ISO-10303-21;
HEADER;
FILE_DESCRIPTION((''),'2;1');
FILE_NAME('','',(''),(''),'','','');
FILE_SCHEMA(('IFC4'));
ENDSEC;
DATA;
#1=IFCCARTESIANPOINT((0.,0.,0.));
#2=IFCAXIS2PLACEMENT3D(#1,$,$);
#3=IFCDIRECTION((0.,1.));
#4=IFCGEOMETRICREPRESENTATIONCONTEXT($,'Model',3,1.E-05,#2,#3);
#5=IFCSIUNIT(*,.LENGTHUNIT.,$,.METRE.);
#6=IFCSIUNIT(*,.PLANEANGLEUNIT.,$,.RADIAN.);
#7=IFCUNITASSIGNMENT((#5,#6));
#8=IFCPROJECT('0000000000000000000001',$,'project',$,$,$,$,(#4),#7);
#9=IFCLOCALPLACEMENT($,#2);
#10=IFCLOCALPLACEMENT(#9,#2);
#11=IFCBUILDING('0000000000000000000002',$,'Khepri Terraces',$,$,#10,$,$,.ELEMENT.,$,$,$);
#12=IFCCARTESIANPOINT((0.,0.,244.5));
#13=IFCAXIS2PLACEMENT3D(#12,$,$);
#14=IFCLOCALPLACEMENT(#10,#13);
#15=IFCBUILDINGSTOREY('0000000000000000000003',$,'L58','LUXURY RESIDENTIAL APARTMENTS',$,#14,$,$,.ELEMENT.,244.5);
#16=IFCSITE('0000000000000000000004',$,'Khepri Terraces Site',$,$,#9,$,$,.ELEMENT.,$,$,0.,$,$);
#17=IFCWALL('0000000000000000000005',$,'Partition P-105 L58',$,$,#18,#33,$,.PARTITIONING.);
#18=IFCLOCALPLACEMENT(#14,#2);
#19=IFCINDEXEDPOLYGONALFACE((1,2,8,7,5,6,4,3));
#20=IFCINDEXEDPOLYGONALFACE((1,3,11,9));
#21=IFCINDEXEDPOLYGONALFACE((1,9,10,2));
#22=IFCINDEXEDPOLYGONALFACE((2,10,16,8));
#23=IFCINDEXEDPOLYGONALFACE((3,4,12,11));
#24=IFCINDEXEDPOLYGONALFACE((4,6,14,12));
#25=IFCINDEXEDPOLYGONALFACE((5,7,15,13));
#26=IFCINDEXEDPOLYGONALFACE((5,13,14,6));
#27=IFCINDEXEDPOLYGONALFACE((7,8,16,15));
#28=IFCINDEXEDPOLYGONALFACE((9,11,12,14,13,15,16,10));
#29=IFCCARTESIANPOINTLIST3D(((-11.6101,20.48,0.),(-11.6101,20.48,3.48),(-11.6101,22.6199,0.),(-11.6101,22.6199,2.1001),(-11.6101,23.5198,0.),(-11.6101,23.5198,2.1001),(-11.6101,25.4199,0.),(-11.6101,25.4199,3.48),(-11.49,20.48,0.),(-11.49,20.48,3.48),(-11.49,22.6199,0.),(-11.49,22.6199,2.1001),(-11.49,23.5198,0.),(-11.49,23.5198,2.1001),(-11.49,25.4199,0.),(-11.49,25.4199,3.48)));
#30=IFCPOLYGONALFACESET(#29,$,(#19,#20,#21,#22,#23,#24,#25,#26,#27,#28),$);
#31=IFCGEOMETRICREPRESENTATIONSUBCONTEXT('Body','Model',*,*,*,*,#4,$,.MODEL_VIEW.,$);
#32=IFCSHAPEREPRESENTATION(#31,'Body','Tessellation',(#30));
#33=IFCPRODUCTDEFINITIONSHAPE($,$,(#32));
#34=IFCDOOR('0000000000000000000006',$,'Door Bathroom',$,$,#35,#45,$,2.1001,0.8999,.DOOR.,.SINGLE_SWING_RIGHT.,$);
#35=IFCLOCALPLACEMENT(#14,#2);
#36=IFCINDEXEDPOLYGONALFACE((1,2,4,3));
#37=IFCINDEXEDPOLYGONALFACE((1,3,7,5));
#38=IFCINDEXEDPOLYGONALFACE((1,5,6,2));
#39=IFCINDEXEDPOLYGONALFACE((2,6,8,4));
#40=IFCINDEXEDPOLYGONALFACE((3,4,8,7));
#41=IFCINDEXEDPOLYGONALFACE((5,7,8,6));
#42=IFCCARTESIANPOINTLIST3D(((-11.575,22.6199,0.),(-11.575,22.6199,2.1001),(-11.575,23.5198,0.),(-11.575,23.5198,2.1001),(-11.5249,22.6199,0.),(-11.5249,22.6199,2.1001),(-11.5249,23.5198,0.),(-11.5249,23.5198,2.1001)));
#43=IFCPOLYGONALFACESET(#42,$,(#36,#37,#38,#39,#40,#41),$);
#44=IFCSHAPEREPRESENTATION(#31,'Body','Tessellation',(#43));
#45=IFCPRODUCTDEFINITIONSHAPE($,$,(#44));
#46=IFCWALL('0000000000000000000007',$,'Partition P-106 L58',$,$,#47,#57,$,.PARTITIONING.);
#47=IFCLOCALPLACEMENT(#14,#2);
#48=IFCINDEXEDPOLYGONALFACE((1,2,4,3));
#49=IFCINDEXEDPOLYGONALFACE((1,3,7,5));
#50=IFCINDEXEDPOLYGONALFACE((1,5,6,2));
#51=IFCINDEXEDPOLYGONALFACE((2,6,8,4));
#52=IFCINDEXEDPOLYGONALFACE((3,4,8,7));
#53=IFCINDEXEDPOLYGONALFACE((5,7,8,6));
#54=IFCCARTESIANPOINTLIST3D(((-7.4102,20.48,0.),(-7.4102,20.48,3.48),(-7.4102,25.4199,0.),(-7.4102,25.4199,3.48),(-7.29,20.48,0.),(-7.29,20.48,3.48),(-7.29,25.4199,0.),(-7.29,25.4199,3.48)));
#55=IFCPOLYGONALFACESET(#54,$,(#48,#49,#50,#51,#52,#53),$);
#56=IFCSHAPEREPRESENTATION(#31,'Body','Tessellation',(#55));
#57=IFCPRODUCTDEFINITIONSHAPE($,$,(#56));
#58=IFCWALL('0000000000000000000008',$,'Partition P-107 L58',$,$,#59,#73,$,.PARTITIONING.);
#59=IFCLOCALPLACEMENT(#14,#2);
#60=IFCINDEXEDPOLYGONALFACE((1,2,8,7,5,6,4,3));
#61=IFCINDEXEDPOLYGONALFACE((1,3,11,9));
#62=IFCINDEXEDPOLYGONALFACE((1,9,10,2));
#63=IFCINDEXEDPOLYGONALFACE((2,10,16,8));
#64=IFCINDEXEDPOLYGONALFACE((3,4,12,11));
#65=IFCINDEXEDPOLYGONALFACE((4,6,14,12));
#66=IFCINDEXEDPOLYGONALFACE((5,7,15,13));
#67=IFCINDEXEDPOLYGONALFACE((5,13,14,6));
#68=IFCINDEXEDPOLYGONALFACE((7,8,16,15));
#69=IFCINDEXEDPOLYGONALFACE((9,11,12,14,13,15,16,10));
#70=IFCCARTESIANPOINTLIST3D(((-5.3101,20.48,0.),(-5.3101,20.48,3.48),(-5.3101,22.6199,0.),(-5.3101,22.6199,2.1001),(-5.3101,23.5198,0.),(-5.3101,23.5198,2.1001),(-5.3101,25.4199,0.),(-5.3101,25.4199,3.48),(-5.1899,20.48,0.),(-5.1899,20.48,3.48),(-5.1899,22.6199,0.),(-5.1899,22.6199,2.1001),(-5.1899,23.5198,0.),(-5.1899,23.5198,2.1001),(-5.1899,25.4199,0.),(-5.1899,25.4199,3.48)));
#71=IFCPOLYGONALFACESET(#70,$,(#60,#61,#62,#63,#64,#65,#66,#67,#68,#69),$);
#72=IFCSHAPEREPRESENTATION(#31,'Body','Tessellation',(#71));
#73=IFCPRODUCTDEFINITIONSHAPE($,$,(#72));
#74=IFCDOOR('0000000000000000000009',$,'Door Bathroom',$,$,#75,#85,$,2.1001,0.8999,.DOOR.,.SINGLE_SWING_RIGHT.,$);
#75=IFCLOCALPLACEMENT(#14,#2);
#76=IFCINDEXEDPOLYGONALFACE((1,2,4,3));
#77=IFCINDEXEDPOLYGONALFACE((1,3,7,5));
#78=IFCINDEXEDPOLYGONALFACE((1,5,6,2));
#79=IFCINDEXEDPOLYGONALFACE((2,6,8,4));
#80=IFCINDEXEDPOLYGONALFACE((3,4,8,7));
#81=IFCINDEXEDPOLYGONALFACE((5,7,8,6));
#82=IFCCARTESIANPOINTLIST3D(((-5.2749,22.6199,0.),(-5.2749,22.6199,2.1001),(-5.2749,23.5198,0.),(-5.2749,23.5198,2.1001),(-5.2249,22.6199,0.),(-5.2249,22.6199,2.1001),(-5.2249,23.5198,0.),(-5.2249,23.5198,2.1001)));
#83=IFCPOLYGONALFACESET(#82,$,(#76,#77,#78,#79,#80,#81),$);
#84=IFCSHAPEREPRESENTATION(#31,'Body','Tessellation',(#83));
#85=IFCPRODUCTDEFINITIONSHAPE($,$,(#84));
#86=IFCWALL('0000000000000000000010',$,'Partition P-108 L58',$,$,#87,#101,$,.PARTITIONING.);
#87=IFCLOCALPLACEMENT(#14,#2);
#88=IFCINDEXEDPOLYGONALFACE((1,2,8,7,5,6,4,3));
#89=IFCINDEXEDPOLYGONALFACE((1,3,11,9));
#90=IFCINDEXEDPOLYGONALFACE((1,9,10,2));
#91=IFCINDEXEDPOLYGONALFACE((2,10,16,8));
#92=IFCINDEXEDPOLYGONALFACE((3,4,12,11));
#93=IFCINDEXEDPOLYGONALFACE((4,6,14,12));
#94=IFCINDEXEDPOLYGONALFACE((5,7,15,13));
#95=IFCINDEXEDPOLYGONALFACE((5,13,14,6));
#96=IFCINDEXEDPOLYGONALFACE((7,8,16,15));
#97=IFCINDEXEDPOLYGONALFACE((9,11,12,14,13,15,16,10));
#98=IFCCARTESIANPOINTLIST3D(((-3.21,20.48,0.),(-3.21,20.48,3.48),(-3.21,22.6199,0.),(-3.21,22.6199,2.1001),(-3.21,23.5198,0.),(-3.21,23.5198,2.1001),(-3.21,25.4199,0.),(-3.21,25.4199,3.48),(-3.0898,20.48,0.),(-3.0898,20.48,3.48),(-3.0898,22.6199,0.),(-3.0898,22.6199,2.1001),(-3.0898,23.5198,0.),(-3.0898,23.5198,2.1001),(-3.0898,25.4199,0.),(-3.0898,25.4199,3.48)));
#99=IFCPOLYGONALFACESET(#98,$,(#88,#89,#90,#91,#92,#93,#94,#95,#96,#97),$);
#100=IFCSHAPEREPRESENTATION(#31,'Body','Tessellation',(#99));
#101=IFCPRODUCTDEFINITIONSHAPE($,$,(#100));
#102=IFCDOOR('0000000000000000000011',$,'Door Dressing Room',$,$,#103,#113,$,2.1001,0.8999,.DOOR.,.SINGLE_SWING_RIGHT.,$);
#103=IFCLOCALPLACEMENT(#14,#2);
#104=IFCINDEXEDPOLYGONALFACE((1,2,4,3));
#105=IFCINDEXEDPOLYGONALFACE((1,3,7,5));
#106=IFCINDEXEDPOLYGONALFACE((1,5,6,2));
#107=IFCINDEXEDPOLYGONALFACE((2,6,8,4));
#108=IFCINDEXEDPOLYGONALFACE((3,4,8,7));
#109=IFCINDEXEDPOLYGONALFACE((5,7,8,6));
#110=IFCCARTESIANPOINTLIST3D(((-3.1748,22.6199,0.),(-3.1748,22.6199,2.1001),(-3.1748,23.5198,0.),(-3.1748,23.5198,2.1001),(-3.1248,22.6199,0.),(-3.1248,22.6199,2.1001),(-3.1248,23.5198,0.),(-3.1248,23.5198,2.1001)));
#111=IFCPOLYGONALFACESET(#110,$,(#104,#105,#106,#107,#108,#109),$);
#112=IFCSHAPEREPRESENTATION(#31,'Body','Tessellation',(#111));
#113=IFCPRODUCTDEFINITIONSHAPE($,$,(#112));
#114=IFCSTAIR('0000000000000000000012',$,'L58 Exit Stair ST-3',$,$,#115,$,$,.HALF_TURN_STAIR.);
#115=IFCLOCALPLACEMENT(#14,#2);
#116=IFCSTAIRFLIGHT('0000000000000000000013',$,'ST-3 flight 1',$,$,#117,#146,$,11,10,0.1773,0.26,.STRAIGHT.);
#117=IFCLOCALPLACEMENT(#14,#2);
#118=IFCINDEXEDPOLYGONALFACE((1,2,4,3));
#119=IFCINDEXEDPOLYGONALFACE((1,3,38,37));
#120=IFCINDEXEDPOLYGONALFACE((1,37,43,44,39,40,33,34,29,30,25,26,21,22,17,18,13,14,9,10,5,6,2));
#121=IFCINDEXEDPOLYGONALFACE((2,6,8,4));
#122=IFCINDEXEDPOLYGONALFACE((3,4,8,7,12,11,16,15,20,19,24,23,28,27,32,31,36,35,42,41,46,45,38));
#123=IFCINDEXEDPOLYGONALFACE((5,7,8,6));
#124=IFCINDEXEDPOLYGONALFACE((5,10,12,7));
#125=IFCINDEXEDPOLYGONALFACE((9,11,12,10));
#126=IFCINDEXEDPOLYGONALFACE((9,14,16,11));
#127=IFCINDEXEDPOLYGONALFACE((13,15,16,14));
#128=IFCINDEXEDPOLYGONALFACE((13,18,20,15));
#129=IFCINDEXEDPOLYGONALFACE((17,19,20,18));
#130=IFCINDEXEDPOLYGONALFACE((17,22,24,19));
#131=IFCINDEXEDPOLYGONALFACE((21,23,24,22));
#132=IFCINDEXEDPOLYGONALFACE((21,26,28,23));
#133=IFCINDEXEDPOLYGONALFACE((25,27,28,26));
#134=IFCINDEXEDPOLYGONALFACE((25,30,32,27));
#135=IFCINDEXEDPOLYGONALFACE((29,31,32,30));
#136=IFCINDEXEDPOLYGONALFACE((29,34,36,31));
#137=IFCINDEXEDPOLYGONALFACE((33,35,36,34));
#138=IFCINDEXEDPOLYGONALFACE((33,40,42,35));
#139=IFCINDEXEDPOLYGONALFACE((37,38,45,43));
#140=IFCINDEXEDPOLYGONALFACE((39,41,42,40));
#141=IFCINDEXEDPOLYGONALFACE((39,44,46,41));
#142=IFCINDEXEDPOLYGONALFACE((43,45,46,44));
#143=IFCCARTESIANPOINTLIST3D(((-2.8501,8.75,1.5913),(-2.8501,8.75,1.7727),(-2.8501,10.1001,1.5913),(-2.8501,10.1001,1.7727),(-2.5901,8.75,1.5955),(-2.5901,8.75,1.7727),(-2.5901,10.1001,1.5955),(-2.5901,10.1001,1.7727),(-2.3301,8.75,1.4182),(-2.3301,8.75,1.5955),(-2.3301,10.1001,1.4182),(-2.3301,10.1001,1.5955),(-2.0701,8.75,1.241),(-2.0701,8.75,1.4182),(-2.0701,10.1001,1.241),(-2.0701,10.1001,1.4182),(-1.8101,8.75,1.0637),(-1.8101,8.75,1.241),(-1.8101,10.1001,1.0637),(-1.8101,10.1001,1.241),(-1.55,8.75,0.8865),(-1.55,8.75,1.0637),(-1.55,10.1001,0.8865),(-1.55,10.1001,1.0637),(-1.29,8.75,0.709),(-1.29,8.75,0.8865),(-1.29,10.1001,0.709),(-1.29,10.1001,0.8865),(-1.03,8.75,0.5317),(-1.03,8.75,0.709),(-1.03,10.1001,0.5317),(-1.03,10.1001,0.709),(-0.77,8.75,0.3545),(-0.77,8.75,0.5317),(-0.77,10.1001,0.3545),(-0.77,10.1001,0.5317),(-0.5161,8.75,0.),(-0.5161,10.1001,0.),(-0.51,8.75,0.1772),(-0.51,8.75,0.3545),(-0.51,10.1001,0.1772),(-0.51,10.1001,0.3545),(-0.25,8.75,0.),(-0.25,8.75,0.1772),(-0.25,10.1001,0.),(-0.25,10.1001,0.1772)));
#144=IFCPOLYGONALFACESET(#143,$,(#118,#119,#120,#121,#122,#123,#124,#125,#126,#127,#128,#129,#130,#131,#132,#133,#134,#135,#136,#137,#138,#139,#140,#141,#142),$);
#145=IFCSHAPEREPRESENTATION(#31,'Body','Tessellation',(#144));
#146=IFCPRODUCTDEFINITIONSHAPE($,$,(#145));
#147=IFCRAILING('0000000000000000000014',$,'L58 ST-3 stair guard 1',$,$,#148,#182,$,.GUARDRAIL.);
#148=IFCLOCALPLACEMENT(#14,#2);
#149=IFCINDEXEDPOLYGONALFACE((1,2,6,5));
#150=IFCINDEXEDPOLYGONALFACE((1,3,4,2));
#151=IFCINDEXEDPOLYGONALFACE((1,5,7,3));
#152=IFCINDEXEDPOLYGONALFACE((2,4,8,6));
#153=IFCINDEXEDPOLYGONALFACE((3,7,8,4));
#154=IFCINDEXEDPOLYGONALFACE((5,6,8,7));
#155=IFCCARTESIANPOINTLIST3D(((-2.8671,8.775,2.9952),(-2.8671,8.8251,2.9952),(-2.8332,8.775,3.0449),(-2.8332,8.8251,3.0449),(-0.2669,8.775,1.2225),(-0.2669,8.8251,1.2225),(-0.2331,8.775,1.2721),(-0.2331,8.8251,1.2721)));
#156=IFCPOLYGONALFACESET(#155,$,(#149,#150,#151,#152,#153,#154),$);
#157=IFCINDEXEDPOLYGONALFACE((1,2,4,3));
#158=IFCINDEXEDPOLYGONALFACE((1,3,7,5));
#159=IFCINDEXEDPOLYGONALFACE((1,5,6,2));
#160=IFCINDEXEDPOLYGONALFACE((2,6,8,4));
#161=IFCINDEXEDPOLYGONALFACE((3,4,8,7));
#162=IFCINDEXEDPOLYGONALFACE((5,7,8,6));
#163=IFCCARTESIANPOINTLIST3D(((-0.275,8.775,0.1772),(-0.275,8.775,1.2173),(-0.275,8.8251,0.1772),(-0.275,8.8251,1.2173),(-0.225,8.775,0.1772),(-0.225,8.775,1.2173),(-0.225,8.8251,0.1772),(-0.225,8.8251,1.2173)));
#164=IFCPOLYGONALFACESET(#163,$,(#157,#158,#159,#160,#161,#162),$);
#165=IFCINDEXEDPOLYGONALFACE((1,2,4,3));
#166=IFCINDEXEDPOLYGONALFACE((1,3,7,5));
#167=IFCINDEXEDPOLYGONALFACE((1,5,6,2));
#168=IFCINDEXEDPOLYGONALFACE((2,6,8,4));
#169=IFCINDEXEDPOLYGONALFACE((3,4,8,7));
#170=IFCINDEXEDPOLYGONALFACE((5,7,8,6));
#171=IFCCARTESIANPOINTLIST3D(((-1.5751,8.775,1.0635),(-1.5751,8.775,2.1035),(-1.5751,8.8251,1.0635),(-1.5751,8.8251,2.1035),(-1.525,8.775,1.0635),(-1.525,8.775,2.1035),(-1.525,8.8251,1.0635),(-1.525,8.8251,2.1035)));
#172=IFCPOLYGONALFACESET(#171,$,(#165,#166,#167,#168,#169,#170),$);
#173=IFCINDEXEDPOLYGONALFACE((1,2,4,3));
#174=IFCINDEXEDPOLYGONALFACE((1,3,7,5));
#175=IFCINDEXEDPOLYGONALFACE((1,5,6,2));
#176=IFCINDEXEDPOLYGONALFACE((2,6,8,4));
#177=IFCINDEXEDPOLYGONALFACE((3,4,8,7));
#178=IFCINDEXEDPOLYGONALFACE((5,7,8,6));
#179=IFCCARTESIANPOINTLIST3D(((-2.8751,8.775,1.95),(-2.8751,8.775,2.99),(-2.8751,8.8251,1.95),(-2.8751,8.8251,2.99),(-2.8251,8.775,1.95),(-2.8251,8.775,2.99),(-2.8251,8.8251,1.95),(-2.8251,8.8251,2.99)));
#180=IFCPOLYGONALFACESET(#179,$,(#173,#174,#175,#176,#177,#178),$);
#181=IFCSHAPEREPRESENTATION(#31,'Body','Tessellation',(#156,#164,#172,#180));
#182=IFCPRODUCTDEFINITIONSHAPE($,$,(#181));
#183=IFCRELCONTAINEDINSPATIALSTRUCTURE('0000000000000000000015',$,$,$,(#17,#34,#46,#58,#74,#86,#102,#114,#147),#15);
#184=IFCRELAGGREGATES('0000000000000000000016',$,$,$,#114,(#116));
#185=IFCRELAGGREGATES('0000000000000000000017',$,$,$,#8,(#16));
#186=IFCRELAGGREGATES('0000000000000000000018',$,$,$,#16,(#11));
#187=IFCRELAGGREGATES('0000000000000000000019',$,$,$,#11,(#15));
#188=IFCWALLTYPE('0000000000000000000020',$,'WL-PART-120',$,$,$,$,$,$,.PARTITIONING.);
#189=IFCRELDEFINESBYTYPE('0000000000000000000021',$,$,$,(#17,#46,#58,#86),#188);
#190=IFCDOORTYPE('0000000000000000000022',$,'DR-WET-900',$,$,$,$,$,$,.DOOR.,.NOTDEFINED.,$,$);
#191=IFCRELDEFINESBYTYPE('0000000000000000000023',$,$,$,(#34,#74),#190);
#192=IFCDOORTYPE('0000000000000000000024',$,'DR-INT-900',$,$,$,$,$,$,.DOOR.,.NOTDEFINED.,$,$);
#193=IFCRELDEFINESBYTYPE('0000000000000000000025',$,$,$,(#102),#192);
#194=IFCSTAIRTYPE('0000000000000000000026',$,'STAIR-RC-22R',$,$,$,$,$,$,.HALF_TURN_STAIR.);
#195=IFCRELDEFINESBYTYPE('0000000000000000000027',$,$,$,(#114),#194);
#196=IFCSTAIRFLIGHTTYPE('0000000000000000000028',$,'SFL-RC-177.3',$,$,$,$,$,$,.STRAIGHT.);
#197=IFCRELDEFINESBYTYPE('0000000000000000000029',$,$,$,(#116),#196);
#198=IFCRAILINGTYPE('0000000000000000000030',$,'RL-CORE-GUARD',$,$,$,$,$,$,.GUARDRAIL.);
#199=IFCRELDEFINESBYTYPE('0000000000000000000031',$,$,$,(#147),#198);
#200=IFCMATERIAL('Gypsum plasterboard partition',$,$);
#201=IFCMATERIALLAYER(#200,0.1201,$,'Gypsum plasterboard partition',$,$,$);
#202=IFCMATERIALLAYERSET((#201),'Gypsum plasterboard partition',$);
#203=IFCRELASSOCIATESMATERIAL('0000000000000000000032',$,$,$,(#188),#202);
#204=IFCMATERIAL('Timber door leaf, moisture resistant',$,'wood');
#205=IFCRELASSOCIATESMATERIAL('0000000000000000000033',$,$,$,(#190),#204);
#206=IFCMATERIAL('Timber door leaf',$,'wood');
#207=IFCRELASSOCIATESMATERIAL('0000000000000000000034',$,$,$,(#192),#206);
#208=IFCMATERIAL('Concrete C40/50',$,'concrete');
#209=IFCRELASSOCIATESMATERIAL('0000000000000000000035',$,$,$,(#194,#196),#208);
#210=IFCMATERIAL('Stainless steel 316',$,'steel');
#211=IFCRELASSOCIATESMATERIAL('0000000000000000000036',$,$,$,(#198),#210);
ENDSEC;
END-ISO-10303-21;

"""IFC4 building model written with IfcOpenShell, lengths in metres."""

from ifc_helpers import new_model, si_unit, direction, frame, frame_2d, origin, origin_2d, place, context, subcontext, project, spatial, polyline, rectangle, outline, extrude, material, layer, layer_set, type_object, element, fill, aggregate, save


model = new_model("IFC4")

# Units and contexts
model_context = context("Model", 3, precision=1e-05, world=origin(), true_north=direction((0.0, 1.0)))
body_context = subcontext(model_context, "Body", "Model", "MODEL_VIEW")
ifc_project = project(units=[si_unit("LENGTHUNIT", "METRE"), si_unit("PLANEANGLEUNIT", "RADIAN")], contexts=[model_context])

# Site, building, storey
site_placement = place(None, origin())
site = spatial("IfcSite", under=ifc_project, at=site_placement, Name="Khepri Terraces Site", CompositionType="ELEMENT", RefElevation=0.0)
building_placement = place(site_placement, origin())
building = spatial("IfcBuilding", under=site, at=building_placement, Name="Khepri Terraces", CompositionType="ELEMENT")
storey_placement = place(building_placement, frame((0.0, 0.0, 244.5)))
storey = spatial("IfcBuildingStorey", under=building, at=storey_placement, Name="L58", Description="LUXURY RESIDENTIAL APARTMENTS", CompositionType="ELEMENT", Elevation=244.5)

# Shared definitions
ifc_material_1 = material(Name="Concrete C40/50", Category="concrete")

# Shared definitions
ifc_material_2 = material(Name="Gypsum plasterboard partition")
ifc_layer_1 = layer(ifc_material_2, 0.1201, Name="Gypsum plasterboard partition")
ifc_layer_set_1 = layer_set([ifc_layer_1], Name="Gypsum plasterboard partition")
wall_type_1 = type_object("IfcWallType", Name="WL-PART-120", PredefinedType="PARTITIONING", material=ifc_layer_set_1)

# Wall, opening, door
wall_1_placement = place(storey_placement, frame((-11.55, 20.48, 0.0), z_axis=(0.0, 0.0, 1.0), x_axis=(0.0, 1.0, 0.0)))
wall_1 = element("IfcWall", 1, at=wall_1_placement, inside=storey, type_object=wall_type_1, Name="Partition P-105 L58", PredefinedType="PARTITIONING", context=body_context, shape_type="SweptSolid", body=[
    extrude(rectangle(XDim=4.9399, YDim=0.1201, at=frame_2d((2.47, 0.0))), origin(), (0.0, 0.0, 1.0), 3.48),
])
opening_1_placement = place(wall_1_placement, frame((2.1399, 0.0, 0.0)))
opening_1 = element("IfcOpeningElement", 2, at=opening_1_placement, cuts=wall_1, PredefinedType="OPENING", context=body_context, shape_type="SweptSolid", body=[
    extrude(rectangle(XDim=0.8999, YDim=2.1001, at=frame_2d((0.45, 1.05))), frame((0.0, 0.0701, 0.0), z_axis=(0.0, -1.0, 0.0), x_axis=(1.0, 0.0, 0.0)), (0.0, 0.0, 1.0), 0.1401),
])
ifc_material_3 = material(Name="Timber door leaf, moisture resistant", Category="wood")
door_type_1 = type_object("IfcDoorType", Name="DR-WET-900", OperationType="NOTDEFINED", PredefinedType="DOOR", material=ifc_material_3)
door_1_placement = place(opening_1_placement, origin())
door_1 = element("IfcDoor", 3, at=door_1_placement, inside=storey, type_object=door_type_1, Name="Door Bathroom", OperationType="SINGLE_SWING_RIGHT", OverallHeight=2.1001, OverallWidth=0.8999, PredefinedType="DOOR", context=body_context, shape_type="SweptSolid", body=[
    extrude(rectangle(XDim=0.8999, YDim=2.1001, at=frame_2d((0.45, 1.05))), frame((0.0, 0.0249, 0.0), z_axis=(0.0, -1.0, 0.0), x_axis=(1.0, 0.0, 0.0)), (0.0, 0.0, 1.0), 0.05),
])
fill(opening_1, door_1)

# Wall
wall_2_placement = place(storey_placement, frame((-7.3501, 20.48, 0.0), z_axis=(0.0, 0.0, 1.0), x_axis=(0.0, 1.0, 0.0)))
element("IfcWall", 4, at=wall_2_placement, inside=storey, type_object=wall_type_1, Name="Partition P-106 L58", PredefinedType="PARTITIONING", context=body_context, shape_type="SweptSolid", body=[
    extrude(rectangle(XDim=4.9399, YDim=0.1201, at=frame_2d((2.47, 0.0))), origin(), (0.0, 0.0, 1.0), 3.48),
])

# Walls, openings, doors
wall_3_placement = place(storey_placement, frame((-5.25, 20.48, 0.0), z_axis=(0.0, 0.0, 1.0), x_axis=(0.0, 1.0, 0.0)))
wall_3 = element("IfcWall", 5, at=wall_3_placement, inside=storey, type_object=wall_type_1, Name="Partition P-107 L58", PredefinedType="PARTITIONING", context=body_context, shape_type="SweptSolid", body=[
    extrude(rectangle(XDim=4.9399, YDim=0.1201, at=frame_2d((2.47, 0.0))), origin(), (0.0, 0.0, 1.0), 3.48),
])
opening_2_placement = place(wall_3_placement, frame((2.1399, 0.0, 0.0)))
opening_2 = element("IfcOpeningElement", 6, at=opening_2_placement, cuts=wall_3, PredefinedType="OPENING", context=body_context, shape_type="SweptSolid", body=[
    extrude(rectangle(XDim=0.8999, YDim=2.1001, at=frame_2d((0.45, 1.05))), frame((0.0, 0.0701, 0.0), z_axis=(0.0, -1.0, 0.0), x_axis=(1.0, 0.0, 0.0)), (0.0, 0.0, 1.0), 0.1401),
])
door_2_placement = place(opening_2_placement, origin())
door_2 = element("IfcDoor", 7, at=door_2_placement, inside=storey, type_object=door_type_1, Name="Door Bathroom", OperationType="SINGLE_SWING_RIGHT", OverallHeight=2.1001, OverallWidth=0.8999, PredefinedType="DOOR", context=body_context, shape_type="SweptSolid", body=[
    extrude(rectangle(XDim=0.8999, YDim=2.1001, at=frame_2d((0.45, 1.05))), frame((0.0, 0.0249, 0.0), z_axis=(0.0, -1.0, 0.0), x_axis=(1.0, 0.0, 0.0)), (0.0, 0.0, 1.0), 0.05),
])
fill(opening_2, door_2)
wall_4_placement = place(storey_placement, frame((-3.1499, 20.48, 0.0), z_axis=(0.0, 0.0, 1.0), x_axis=(0.0, 1.0, 0.0)))
wall_4 = element("IfcWall", 8, at=wall_4_placement, inside=storey, type_object=wall_type_1, Name="Partition P-108 L58", PredefinedType="PARTITIONING", context=body_context, shape_type="SweptSolid", body=[
    extrude(rectangle(XDim=4.9399, YDim=0.1201, at=frame_2d((2.47, 0.0))), origin(), (0.0, 0.0, 1.0), 3.48),
])
opening_3_placement = place(wall_4_placement, frame((2.1399, 0.0, 0.0)))
opening_3 = element("IfcOpeningElement", 9, at=opening_3_placement, cuts=wall_4, PredefinedType="OPENING", context=body_context, shape_type="SweptSolid", body=[
    extrude(rectangle(XDim=0.8999, YDim=2.1001, at=frame_2d((0.45, 1.05))), frame((0.0, 0.0701, 0.0), z_axis=(0.0, -1.0, 0.0), x_axis=(1.0, 0.0, 0.0)), (0.0, 0.0, 1.0), 0.1401),
])
ifc_material_4 = material(Name="Timber door leaf", Category="wood")
door_type_2 = type_object("IfcDoorType", Name="DR-INT-900", OperationType="NOTDEFINED", PredefinedType="DOOR", material=ifc_material_4)
door_3_placement = place(opening_3_placement, origin())
door_3 = element("IfcDoor", 10, at=door_3_placement, inside=storey, type_object=door_type_2, Name="Door Dressing Room", OperationType="SINGLE_SWING_RIGHT", OverallHeight=2.1001, OverallWidth=0.8999, PredefinedType="DOOR", context=body_context, shape_type="SweptSolid", body=[
    extrude(rectangle(XDim=0.8999, YDim=2.1001, at=frame_2d((0.45, 1.05))), frame((0.0, 0.0249, 0.0), z_axis=(0.0, -1.0, 0.0), x_axis=(1.0, 0.0, 0.0)), (0.0, 0.0, 1.0), 0.05),
])
fill(opening_3, door_3)

# Stair, stair flight
stair_type = type_object("IfcStairType", Name="STAIR-RC-22R", PredefinedType="HALF_TURN_STAIR", material=ifc_material_1)
stair_placement = place(storey_placement, origin())
stair = element("IfcStair", 11, at=stair_placement, inside=storey, type_object=stair_type, Name="L58 Exit Stair ST-3", PredefinedType="HALF_TURN_STAIR")
stair_flight_type = type_object("IfcStairFlightType", Name="SFL-RC-177.3", PredefinedType="STRAIGHT", material=ifc_material_1)
stair_flight_placement = place(storey_placement, frame((-0.25, 9.425, 0.0), z_axis=(0.0, 0.0, 1.0), x_axis=(-1.0, 0.0, 0.0)))
stair_flight = element("IfcStairFlight", 12, at=stair_flight_placement, type_object=stair_flight_type, Name="ST-3 flight 1", NumberOfRisers=11, NumberOfTreads=10, PredefinedType="STRAIGHT", RiserHeight=0.1773, TreadLength=0.26, context=body_context, shape_type="SweptSolid", body=[
    extrude(outline(polyline([(0.0, 0.0), (0.0, 0.1772), (0.26, 0.1772), (0.26, 0.3545), (0.52, 0.3545), (0.52, 0.5317), (0.78, 0.5317), (0.78, 0.709), (1.04, 0.709), (1.04, 0.8865), (1.3, 0.8865), (1.3, 1.0637), (1.5601, 1.0637), (1.5601, 1.241), (1.8201, 1.241), (1.8201, 1.4182), (2.0801, 1.4182), (2.0801, 1.5955), (2.3401, 1.5955), (2.3401, 1.7727), (2.6001, 1.7727), (2.6001, 1.95), (2.6001, 1.5913), (0.2661, 0.0), (0.0, 0.0)])), frame((0.0, 0.675, 0.0), z_axis=(0.0, -1.0, 0.0), x_axis=(1.0, 0.0, 0.0)), (0.0, 0.0, 1.0), 1.3501),
])
aggregate(stair, [stair_flight])

# Railing
ifc_material_5 = material(Name="Stainless steel 316", Category="steel")
railing_type_1 = type_object("IfcRailingType", Name="RL-CORE-GUARD", PredefinedType="GUARDRAIL", material=ifc_material_5)
railing_1_placement = place(storey_placement, frame((-0.25, 8.8, 0.1772)))
element("IfcRailing", 13, at=railing_1_placement, inside=storey, type_object=railing_type_1, Name="L58 ST-3 stair guard 1", PredefinedType="GUARDRAIL", context=body_context, shape_type="SweptSolid", body=[
    extrude(rectangle(XDim=0.05, YDim=0.0601, at=origin_2d()), frame((0.0, 0.0, 1.0701), z_axis=(-0.82624, 0.0, 0.563318), x_axis=(0.0, -1.0, 0.0)), (0.0, 0.0, 1.0), 3.147),
    extrude(rectangle(XDim=0.05, YDim=0.05, at=origin_2d()), origin(), (0.0, 0.0, 1.0), 1.04),
    extrude(rectangle(XDim=0.05, YDim=0.05, at=origin_2d()), frame((-1.3, 0.0, 0.8862)), (0.0, 0.0, 1.0), 1.04),
    extrude(rectangle(XDim=0.05, YDim=0.05, at=origin_2d()), frame((-2.6001, 0.0, 1.7727)), (0.0, 0.0, 1.0), 1.04),
])

save(model, "model.ifc")
